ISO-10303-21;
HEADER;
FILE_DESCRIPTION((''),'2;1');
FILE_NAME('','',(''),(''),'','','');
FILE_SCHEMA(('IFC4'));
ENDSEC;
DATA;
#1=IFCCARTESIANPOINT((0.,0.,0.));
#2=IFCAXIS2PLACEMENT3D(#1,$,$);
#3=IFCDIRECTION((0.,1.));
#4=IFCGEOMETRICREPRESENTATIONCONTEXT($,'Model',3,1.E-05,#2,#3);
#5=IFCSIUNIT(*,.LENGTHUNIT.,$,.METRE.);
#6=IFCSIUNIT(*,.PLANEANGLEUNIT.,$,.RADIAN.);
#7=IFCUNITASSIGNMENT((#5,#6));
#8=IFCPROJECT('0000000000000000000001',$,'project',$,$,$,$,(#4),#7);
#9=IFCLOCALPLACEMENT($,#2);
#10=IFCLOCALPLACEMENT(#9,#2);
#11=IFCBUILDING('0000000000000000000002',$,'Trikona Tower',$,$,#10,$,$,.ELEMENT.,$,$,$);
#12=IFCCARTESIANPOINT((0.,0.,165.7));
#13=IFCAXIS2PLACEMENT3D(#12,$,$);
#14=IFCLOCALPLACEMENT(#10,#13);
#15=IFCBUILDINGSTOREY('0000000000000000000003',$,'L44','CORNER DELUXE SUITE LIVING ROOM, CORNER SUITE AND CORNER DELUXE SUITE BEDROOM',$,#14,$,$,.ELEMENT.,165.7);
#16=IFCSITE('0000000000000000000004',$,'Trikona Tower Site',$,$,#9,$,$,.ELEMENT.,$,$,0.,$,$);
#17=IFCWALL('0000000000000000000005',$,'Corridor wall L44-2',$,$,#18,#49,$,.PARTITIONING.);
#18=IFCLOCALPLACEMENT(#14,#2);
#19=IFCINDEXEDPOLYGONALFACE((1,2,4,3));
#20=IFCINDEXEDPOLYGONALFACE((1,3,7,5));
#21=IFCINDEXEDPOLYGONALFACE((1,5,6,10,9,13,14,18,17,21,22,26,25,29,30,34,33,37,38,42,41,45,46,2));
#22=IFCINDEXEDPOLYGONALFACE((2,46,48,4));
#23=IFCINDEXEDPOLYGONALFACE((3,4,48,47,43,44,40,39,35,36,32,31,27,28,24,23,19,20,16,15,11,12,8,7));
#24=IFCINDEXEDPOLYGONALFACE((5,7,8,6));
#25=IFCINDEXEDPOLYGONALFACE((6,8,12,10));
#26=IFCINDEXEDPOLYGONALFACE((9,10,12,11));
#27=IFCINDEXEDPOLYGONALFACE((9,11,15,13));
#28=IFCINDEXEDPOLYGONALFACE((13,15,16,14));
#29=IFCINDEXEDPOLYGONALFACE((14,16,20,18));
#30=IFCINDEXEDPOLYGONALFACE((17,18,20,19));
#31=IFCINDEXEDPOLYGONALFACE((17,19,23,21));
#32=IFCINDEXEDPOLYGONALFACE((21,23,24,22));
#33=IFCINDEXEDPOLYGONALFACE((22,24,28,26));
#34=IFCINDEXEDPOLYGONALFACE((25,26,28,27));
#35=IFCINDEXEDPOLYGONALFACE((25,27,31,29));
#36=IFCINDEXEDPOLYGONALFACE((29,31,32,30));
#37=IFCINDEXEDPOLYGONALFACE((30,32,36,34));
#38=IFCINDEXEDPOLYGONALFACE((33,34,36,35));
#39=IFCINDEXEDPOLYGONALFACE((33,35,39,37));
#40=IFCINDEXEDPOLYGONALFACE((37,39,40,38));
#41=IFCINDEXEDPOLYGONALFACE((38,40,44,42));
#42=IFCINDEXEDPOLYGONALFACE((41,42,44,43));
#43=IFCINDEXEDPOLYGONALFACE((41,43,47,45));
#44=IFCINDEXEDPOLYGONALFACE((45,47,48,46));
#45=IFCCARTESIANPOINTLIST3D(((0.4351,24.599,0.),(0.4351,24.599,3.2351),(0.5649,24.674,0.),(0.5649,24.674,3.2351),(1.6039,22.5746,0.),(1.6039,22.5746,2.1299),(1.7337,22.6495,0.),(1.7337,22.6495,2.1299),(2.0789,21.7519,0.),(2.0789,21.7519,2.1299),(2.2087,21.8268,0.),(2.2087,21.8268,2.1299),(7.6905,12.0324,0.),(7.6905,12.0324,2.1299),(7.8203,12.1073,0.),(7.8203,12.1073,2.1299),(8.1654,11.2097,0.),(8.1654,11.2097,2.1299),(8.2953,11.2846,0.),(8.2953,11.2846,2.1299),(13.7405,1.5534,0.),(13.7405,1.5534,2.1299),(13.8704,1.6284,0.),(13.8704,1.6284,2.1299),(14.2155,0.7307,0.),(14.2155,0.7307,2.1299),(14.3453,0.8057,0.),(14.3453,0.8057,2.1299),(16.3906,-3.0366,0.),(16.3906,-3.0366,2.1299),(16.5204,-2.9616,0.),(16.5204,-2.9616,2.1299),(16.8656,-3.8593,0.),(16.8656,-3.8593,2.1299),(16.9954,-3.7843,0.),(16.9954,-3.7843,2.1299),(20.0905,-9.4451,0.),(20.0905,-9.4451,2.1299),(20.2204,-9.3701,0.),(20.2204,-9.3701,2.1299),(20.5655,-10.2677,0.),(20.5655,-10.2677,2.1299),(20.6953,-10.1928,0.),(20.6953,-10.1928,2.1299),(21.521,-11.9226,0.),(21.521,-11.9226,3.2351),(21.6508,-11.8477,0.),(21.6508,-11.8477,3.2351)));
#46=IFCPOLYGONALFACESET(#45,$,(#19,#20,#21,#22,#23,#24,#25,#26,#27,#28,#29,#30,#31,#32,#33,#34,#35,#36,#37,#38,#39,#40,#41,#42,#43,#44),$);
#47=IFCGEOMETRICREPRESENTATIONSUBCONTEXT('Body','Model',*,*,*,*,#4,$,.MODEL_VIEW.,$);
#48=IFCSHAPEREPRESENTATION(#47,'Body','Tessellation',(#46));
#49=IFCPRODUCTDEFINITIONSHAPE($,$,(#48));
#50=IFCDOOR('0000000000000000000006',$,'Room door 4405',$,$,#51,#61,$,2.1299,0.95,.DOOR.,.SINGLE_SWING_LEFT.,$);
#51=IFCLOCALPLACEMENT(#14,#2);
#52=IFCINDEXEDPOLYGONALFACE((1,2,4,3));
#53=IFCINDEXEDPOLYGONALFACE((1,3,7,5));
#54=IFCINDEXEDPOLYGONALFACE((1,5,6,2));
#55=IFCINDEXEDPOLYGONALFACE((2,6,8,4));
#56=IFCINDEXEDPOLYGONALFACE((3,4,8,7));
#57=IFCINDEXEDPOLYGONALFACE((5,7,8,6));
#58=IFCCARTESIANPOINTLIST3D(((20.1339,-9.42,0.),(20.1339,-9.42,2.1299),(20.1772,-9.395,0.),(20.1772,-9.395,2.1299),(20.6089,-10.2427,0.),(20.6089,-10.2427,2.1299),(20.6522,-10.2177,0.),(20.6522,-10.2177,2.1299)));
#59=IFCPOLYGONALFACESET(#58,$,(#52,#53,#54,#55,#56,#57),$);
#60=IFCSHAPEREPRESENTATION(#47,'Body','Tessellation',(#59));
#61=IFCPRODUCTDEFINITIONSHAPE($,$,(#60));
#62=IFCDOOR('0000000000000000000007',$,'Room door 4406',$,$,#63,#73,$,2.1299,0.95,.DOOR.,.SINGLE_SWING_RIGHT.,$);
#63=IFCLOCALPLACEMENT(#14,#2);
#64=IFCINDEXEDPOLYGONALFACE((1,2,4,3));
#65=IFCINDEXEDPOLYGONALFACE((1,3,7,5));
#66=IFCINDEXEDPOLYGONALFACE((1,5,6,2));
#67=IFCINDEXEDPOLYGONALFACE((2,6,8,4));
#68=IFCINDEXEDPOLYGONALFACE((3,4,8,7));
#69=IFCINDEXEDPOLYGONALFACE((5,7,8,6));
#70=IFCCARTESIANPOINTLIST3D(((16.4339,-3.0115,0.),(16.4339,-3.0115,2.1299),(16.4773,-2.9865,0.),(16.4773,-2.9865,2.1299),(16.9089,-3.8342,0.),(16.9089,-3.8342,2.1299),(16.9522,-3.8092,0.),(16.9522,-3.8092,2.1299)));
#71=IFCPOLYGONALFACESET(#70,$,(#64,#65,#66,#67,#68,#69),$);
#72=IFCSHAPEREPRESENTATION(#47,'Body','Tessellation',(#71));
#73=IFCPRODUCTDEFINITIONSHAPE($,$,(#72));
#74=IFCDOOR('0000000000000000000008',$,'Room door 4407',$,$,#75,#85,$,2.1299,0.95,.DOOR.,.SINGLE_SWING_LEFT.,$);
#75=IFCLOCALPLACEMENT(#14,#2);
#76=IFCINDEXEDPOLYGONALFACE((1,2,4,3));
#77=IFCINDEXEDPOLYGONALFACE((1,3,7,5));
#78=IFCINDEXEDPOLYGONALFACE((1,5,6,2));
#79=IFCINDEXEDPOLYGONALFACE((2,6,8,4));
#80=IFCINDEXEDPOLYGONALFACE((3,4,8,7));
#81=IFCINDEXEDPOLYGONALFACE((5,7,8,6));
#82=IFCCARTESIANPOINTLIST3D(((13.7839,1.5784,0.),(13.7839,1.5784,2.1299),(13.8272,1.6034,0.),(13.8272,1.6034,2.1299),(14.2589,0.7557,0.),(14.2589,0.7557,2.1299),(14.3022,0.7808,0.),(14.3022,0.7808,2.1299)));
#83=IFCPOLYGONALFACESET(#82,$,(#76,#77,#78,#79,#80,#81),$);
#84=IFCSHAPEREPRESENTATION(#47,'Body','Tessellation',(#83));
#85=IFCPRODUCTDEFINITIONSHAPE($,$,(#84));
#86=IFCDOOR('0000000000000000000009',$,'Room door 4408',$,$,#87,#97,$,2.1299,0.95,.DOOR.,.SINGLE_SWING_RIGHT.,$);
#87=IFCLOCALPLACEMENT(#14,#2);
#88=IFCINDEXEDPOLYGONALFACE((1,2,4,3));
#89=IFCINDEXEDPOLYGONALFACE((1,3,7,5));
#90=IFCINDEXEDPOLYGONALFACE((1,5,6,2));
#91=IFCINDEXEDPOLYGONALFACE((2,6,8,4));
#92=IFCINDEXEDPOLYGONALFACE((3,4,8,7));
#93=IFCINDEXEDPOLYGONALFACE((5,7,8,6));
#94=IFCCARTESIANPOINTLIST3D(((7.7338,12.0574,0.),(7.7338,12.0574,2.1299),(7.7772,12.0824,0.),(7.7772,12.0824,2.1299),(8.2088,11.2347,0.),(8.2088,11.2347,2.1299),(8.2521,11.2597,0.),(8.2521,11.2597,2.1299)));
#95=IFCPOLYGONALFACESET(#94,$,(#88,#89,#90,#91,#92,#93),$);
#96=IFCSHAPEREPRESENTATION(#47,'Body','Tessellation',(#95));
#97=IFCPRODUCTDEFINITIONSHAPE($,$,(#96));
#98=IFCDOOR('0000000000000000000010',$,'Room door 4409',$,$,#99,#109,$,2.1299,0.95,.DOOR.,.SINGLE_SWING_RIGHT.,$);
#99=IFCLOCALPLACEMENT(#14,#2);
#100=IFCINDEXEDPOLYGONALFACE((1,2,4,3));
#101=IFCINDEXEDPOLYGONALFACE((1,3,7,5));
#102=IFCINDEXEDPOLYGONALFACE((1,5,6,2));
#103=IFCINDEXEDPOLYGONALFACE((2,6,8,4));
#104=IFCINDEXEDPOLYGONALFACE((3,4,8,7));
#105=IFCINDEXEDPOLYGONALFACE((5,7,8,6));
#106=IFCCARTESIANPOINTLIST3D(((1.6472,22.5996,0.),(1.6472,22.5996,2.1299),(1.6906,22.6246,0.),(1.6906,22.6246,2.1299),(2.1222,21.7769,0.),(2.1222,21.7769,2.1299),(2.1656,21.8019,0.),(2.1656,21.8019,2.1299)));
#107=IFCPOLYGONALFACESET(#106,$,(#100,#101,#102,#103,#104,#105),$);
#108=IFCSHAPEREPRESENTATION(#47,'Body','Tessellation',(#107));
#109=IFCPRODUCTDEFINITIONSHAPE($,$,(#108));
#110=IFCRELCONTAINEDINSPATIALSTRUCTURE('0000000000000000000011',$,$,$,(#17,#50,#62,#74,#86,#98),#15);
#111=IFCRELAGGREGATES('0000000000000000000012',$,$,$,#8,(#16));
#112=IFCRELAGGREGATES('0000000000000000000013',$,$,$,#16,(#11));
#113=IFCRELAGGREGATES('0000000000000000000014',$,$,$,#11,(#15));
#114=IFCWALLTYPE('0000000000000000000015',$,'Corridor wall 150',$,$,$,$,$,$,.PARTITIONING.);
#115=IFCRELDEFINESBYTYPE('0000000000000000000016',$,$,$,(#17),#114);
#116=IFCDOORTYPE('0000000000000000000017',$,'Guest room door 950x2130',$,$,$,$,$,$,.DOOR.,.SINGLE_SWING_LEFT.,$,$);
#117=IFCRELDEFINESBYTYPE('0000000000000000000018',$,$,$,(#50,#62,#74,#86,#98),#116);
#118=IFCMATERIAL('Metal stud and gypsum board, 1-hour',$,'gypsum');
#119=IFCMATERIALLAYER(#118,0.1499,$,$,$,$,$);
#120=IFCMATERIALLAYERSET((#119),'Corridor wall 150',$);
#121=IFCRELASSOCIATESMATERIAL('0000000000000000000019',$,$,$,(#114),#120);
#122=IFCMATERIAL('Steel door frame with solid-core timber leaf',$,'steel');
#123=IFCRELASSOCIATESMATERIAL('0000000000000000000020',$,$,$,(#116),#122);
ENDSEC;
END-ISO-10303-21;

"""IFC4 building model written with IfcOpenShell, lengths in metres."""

from ifc_helpers import new_model, si_unit, direction, frame, frame_2d, origin, place, context, subcontext, project, spatial, rectangle, extrude, material, layer, layer_set, type_object, element, fill, save


model = new_model("IFC4")

# Units and contexts
model_context = context("Model", 3, precision=1e-05, world=origin(), true_north=direction((0.0, 1.0)))
body_context = subcontext(model_context, "Body", "Model", "MODEL_VIEW")
ifc_project = project(units=[si_unit("LENGTHUNIT", "METRE"), si_unit("PLANEANGLEUNIT", "RADIAN")], contexts=[model_context])

# Site, building, storey
site_placement = place(None, origin())
site = spatial("IfcSite", under=ifc_project, at=site_placement, Name="Trikona Tower Site", CompositionType="ELEMENT", RefElevation=0.0)
building_placement = place(site_placement, origin())
building = spatial("IfcBuilding", under=site, at=building_placement, Name="Trikona Tower", CompositionType="ELEMENT")
storey_placement = place(building_placement, frame((0.0, 0.0, 165.7)))
storey = spatial("IfcBuildingStorey", under=building, at=storey_placement, Name="L44", Description="CORNER DELUXE SUITE LIVING ROOM, CORNER SUITE AND CORNER DELUXE SUITE BEDROOM", CompositionType="ELEMENT", Elevation=165.7)

# Wall, openings, doors
ifc_material_1 = material(Name="Metal stud and gypsum board, 1-hour", Category="gypsum")
ifc_layer_1 = layer(ifc_material_1, 0.1499)
ifc_layer_set_1 = layer_set([ifc_layer_1], Name="Corridor wall 150")
wall_type_1 = type_object("IfcWallType", Name="Corridor wall 150", PredefinedType="PARTITIONING", material=ifc_layer_set_1)
wall_1_placement = place(storey_placement, frame((21.5859, -11.8853, 0.0), z_axis=(0.0, 0.0, 1.0), x_axis=(-0.500002, 0.866024, 0.0)))
wall_1 = element("IfcWall", 1, at=wall_1_placement, inside=storey, type_object=wall_type_1, Name="Corridor wall L44-2", PredefinedType="PARTITIONING", context=body_context, shape_type="SweptSolid", body=[
    extrude(rectangle(XDim=42.1716, YDim=0.1499, at=frame_2d((21.0859, 0.0))), origin(), (0.0, 0.0, 1.0), 3.2351),
])
opening_1_placement = place(wall_1_placement, frame((1.9109, 0.0, 0.0)))
opening_1 = element("IfcOpeningElement", 2, at=opening_1_placement, cuts=wall_1, PredefinedType="OPENING", context=body_context, shape_type="SweptSolid", body=[
    extrude(rectangle(XDim=0.95, YDim=2.1299, at=frame_2d((0.4751, 1.0649))), frame((0.0, 0.085, 0.0), z_axis=(0.0, -1.0, 0.0), x_axis=(1.0, 0.0, 0.0)), (0.0, 0.0, 1.0), 0.1699),
])
opening_2_placement = place(wall_1_placement, frame((9.3108, 0.0, 0.0)))
opening_2 = element("IfcOpeningElement", 3, at=opening_2_placement, cuts=wall_1, PredefinedType="OPENING", context=body_context, shape_type="SweptSolid", body=[
    extrude(rectangle(XDim=0.95, YDim=2.1299, at=frame_2d((0.4751, 1.0649))), frame((0.0, 0.085, 0.0), z_axis=(0.0, -1.0, 0.0), x_axis=(1.0, 0.0, 0.0)), (0.0, 0.0, 1.0), 0.1699),
])
opening_3_placement = place(wall_1_placement, frame((14.6108, 0.0, 0.0)))
opening_3 = element("IfcOpeningElement", 4, at=opening_3_placement, cuts=wall_1, PredefinedType="OPENING", context=body_context, shape_type="SweptSolid", body=[
    extrude(rectangle(XDim=0.95, YDim=2.1299, at=frame_2d((0.4751, 1.0649))), frame((0.0, 0.085, 0.0), z_axis=(0.0, -1.0, 0.0), x_axis=(1.0, 0.0, 0.0)), (0.0, 0.0, 1.0), 0.1699),
])
opening_4_placement = place(wall_1_placement, frame((26.7109, 0.0, 0.0)))
opening_4 = element("IfcOpeningElement", 5, at=opening_4_placement, cuts=wall_1, PredefinedType="OPENING", context=body_context, shape_type="SweptSolid", body=[
    extrude(rectangle(XDim=0.95, YDim=2.1299, at=frame_2d((0.4751, 1.0649))), frame((0.0, 0.085, 0.0), z_axis=(0.0, -1.0, 0.0), x_axis=(1.0, 0.0, 0.0)), (0.0, 0.0, 1.0), 0.1699),
])
opening_5_placement = place(wall_1_placement, frame((38.884, 0.0, 0.0)))
opening_5 = element("IfcOpeningElement", 6, at=opening_5_placement, cuts=wall_1, PredefinedType="OPENING", context=body_context, shape_type="SweptSolid", body=[
    extrude(rectangle(XDim=0.95, YDim=2.1299, at=frame_2d((0.4751, 1.0649))), frame((0.0, 0.085, 0.0), z_axis=(0.0, -1.0, 0.0), x_axis=(1.0, 0.0, 0.0)), (0.0, 0.0, 1.0), 0.1699),
])
ifc_material_2 = material(Name="Steel door frame with solid-core timber leaf", Category="steel")
door_type = type_object("IfcDoorType", Name="Guest room door 950x2130", OperationType="SINGLE_SWING_LEFT", PredefinedType="DOOR", material=ifc_material_2)
door_1_placement = place(opening_1_placement, origin())
door_1 = element("IfcDoor", 7, at=door_1_placement, inside=storey, type_object=door_type, Name="Room door 4405", OperationType="SINGLE_SWING_LEFT", OverallHeight=2.1299, OverallWidth=0.95, PredefinedType="DOOR", context=body_context, shape_type="SweptSolid", body=[
    extrude(rectangle(XDim=0.95, YDim=2.1299, at=frame_2d((0.4751, 1.0649))), frame((0.0, 0.0249, 0.0), z_axis=(0.0, -1.0, 0.0), x_axis=(1.0, 0.0, 0.0)), (0.0, 0.0, 1.0), 0.05),
])
fill(opening_1, door_1)
door_2_placement = place(opening_2_placement, origin())
door_2 = element("IfcDoor", 8, at=door_2_placement, inside=storey, type_object=door_type, Name="Room door 4406", OperationType="SINGLE_SWING_RIGHT", OverallHeight=2.1299, OverallWidth=0.95, PredefinedType="DOOR", context=body_context, shape_type="SweptSolid", body=[
    extrude(rectangle(XDim=0.95, YDim=2.1299, at=frame_2d((0.4751, 1.0649))), frame((0.0, 0.0249, 0.0), z_axis=(0.0, -1.0, 0.0), x_axis=(1.0, 0.0, 0.0)), (0.0, 0.0, 1.0), 0.05),
])
fill(opening_2, door_2)
door_3_placement = place(opening_3_placement, origin())
door_3 = element("IfcDoor", 9, at=door_3_placement, inside=storey, type_object=door_type, Name="Room door 4407", OperationType="SINGLE_SWING_LEFT", OverallHeight=2.1299, OverallWidth=0.95, PredefinedType="DOOR", context=body_context, shape_type="SweptSolid", body=[
    extrude(rectangle(XDim=0.95, YDim=2.1299, at=frame_2d((0.4751, 1.0649))), frame((0.0, 0.0249, 0.0), z_axis=(0.0, -1.0, 0.0), x_axis=(1.0, 0.0, 0.0)), (0.0, 0.0, 1.0), 0.05),
])
fill(opening_3, door_3)
door_4_placement = place(opening_4_placement, origin())
door_4 = element("IfcDoor", 10, at=door_4_placement, inside=storey, type_object=door_type, Name="Room door 4408", OperationType="SINGLE_SWING_RIGHT", OverallHeight=2.1299, OverallWidth=0.95, PredefinedType="DOOR", context=body_context, shape_type="SweptSolid", body=[
    extrude(rectangle(XDim=0.95, YDim=2.1299, at=frame_2d((0.4751, 1.0649))), frame((0.0, 0.0249, 0.0), z_axis=(0.0, -1.0, 0.0), x_axis=(1.0, 0.0, 0.0)), (0.0, 0.0, 1.0), 0.05),
])
fill(opening_4, door_4)
door_5_placement = place(opening_5_placement, origin())
door_5 = element("IfcDoor", 11, at=door_5_placement, inside=storey, type_object=door_type, Name="Room door 4409", OperationType="SINGLE_SWING_RIGHT", OverallHeight=2.1299, OverallWidth=0.95, PredefinedType="DOOR", context=body_context, shape_type="SweptSolid", body=[
    extrude(rectangle(XDim=0.95, YDim=2.1299, at=frame_2d((0.4751, 1.0649))), frame((0.0, 0.0249, 0.0), z_axis=(0.0, -1.0, 0.0), x_axis=(1.0, 0.0, 0.0)), (0.0, 0.0, 1.0), 0.05),
])
fill(opening_5, door_5)

save(model, "model.ifc")
